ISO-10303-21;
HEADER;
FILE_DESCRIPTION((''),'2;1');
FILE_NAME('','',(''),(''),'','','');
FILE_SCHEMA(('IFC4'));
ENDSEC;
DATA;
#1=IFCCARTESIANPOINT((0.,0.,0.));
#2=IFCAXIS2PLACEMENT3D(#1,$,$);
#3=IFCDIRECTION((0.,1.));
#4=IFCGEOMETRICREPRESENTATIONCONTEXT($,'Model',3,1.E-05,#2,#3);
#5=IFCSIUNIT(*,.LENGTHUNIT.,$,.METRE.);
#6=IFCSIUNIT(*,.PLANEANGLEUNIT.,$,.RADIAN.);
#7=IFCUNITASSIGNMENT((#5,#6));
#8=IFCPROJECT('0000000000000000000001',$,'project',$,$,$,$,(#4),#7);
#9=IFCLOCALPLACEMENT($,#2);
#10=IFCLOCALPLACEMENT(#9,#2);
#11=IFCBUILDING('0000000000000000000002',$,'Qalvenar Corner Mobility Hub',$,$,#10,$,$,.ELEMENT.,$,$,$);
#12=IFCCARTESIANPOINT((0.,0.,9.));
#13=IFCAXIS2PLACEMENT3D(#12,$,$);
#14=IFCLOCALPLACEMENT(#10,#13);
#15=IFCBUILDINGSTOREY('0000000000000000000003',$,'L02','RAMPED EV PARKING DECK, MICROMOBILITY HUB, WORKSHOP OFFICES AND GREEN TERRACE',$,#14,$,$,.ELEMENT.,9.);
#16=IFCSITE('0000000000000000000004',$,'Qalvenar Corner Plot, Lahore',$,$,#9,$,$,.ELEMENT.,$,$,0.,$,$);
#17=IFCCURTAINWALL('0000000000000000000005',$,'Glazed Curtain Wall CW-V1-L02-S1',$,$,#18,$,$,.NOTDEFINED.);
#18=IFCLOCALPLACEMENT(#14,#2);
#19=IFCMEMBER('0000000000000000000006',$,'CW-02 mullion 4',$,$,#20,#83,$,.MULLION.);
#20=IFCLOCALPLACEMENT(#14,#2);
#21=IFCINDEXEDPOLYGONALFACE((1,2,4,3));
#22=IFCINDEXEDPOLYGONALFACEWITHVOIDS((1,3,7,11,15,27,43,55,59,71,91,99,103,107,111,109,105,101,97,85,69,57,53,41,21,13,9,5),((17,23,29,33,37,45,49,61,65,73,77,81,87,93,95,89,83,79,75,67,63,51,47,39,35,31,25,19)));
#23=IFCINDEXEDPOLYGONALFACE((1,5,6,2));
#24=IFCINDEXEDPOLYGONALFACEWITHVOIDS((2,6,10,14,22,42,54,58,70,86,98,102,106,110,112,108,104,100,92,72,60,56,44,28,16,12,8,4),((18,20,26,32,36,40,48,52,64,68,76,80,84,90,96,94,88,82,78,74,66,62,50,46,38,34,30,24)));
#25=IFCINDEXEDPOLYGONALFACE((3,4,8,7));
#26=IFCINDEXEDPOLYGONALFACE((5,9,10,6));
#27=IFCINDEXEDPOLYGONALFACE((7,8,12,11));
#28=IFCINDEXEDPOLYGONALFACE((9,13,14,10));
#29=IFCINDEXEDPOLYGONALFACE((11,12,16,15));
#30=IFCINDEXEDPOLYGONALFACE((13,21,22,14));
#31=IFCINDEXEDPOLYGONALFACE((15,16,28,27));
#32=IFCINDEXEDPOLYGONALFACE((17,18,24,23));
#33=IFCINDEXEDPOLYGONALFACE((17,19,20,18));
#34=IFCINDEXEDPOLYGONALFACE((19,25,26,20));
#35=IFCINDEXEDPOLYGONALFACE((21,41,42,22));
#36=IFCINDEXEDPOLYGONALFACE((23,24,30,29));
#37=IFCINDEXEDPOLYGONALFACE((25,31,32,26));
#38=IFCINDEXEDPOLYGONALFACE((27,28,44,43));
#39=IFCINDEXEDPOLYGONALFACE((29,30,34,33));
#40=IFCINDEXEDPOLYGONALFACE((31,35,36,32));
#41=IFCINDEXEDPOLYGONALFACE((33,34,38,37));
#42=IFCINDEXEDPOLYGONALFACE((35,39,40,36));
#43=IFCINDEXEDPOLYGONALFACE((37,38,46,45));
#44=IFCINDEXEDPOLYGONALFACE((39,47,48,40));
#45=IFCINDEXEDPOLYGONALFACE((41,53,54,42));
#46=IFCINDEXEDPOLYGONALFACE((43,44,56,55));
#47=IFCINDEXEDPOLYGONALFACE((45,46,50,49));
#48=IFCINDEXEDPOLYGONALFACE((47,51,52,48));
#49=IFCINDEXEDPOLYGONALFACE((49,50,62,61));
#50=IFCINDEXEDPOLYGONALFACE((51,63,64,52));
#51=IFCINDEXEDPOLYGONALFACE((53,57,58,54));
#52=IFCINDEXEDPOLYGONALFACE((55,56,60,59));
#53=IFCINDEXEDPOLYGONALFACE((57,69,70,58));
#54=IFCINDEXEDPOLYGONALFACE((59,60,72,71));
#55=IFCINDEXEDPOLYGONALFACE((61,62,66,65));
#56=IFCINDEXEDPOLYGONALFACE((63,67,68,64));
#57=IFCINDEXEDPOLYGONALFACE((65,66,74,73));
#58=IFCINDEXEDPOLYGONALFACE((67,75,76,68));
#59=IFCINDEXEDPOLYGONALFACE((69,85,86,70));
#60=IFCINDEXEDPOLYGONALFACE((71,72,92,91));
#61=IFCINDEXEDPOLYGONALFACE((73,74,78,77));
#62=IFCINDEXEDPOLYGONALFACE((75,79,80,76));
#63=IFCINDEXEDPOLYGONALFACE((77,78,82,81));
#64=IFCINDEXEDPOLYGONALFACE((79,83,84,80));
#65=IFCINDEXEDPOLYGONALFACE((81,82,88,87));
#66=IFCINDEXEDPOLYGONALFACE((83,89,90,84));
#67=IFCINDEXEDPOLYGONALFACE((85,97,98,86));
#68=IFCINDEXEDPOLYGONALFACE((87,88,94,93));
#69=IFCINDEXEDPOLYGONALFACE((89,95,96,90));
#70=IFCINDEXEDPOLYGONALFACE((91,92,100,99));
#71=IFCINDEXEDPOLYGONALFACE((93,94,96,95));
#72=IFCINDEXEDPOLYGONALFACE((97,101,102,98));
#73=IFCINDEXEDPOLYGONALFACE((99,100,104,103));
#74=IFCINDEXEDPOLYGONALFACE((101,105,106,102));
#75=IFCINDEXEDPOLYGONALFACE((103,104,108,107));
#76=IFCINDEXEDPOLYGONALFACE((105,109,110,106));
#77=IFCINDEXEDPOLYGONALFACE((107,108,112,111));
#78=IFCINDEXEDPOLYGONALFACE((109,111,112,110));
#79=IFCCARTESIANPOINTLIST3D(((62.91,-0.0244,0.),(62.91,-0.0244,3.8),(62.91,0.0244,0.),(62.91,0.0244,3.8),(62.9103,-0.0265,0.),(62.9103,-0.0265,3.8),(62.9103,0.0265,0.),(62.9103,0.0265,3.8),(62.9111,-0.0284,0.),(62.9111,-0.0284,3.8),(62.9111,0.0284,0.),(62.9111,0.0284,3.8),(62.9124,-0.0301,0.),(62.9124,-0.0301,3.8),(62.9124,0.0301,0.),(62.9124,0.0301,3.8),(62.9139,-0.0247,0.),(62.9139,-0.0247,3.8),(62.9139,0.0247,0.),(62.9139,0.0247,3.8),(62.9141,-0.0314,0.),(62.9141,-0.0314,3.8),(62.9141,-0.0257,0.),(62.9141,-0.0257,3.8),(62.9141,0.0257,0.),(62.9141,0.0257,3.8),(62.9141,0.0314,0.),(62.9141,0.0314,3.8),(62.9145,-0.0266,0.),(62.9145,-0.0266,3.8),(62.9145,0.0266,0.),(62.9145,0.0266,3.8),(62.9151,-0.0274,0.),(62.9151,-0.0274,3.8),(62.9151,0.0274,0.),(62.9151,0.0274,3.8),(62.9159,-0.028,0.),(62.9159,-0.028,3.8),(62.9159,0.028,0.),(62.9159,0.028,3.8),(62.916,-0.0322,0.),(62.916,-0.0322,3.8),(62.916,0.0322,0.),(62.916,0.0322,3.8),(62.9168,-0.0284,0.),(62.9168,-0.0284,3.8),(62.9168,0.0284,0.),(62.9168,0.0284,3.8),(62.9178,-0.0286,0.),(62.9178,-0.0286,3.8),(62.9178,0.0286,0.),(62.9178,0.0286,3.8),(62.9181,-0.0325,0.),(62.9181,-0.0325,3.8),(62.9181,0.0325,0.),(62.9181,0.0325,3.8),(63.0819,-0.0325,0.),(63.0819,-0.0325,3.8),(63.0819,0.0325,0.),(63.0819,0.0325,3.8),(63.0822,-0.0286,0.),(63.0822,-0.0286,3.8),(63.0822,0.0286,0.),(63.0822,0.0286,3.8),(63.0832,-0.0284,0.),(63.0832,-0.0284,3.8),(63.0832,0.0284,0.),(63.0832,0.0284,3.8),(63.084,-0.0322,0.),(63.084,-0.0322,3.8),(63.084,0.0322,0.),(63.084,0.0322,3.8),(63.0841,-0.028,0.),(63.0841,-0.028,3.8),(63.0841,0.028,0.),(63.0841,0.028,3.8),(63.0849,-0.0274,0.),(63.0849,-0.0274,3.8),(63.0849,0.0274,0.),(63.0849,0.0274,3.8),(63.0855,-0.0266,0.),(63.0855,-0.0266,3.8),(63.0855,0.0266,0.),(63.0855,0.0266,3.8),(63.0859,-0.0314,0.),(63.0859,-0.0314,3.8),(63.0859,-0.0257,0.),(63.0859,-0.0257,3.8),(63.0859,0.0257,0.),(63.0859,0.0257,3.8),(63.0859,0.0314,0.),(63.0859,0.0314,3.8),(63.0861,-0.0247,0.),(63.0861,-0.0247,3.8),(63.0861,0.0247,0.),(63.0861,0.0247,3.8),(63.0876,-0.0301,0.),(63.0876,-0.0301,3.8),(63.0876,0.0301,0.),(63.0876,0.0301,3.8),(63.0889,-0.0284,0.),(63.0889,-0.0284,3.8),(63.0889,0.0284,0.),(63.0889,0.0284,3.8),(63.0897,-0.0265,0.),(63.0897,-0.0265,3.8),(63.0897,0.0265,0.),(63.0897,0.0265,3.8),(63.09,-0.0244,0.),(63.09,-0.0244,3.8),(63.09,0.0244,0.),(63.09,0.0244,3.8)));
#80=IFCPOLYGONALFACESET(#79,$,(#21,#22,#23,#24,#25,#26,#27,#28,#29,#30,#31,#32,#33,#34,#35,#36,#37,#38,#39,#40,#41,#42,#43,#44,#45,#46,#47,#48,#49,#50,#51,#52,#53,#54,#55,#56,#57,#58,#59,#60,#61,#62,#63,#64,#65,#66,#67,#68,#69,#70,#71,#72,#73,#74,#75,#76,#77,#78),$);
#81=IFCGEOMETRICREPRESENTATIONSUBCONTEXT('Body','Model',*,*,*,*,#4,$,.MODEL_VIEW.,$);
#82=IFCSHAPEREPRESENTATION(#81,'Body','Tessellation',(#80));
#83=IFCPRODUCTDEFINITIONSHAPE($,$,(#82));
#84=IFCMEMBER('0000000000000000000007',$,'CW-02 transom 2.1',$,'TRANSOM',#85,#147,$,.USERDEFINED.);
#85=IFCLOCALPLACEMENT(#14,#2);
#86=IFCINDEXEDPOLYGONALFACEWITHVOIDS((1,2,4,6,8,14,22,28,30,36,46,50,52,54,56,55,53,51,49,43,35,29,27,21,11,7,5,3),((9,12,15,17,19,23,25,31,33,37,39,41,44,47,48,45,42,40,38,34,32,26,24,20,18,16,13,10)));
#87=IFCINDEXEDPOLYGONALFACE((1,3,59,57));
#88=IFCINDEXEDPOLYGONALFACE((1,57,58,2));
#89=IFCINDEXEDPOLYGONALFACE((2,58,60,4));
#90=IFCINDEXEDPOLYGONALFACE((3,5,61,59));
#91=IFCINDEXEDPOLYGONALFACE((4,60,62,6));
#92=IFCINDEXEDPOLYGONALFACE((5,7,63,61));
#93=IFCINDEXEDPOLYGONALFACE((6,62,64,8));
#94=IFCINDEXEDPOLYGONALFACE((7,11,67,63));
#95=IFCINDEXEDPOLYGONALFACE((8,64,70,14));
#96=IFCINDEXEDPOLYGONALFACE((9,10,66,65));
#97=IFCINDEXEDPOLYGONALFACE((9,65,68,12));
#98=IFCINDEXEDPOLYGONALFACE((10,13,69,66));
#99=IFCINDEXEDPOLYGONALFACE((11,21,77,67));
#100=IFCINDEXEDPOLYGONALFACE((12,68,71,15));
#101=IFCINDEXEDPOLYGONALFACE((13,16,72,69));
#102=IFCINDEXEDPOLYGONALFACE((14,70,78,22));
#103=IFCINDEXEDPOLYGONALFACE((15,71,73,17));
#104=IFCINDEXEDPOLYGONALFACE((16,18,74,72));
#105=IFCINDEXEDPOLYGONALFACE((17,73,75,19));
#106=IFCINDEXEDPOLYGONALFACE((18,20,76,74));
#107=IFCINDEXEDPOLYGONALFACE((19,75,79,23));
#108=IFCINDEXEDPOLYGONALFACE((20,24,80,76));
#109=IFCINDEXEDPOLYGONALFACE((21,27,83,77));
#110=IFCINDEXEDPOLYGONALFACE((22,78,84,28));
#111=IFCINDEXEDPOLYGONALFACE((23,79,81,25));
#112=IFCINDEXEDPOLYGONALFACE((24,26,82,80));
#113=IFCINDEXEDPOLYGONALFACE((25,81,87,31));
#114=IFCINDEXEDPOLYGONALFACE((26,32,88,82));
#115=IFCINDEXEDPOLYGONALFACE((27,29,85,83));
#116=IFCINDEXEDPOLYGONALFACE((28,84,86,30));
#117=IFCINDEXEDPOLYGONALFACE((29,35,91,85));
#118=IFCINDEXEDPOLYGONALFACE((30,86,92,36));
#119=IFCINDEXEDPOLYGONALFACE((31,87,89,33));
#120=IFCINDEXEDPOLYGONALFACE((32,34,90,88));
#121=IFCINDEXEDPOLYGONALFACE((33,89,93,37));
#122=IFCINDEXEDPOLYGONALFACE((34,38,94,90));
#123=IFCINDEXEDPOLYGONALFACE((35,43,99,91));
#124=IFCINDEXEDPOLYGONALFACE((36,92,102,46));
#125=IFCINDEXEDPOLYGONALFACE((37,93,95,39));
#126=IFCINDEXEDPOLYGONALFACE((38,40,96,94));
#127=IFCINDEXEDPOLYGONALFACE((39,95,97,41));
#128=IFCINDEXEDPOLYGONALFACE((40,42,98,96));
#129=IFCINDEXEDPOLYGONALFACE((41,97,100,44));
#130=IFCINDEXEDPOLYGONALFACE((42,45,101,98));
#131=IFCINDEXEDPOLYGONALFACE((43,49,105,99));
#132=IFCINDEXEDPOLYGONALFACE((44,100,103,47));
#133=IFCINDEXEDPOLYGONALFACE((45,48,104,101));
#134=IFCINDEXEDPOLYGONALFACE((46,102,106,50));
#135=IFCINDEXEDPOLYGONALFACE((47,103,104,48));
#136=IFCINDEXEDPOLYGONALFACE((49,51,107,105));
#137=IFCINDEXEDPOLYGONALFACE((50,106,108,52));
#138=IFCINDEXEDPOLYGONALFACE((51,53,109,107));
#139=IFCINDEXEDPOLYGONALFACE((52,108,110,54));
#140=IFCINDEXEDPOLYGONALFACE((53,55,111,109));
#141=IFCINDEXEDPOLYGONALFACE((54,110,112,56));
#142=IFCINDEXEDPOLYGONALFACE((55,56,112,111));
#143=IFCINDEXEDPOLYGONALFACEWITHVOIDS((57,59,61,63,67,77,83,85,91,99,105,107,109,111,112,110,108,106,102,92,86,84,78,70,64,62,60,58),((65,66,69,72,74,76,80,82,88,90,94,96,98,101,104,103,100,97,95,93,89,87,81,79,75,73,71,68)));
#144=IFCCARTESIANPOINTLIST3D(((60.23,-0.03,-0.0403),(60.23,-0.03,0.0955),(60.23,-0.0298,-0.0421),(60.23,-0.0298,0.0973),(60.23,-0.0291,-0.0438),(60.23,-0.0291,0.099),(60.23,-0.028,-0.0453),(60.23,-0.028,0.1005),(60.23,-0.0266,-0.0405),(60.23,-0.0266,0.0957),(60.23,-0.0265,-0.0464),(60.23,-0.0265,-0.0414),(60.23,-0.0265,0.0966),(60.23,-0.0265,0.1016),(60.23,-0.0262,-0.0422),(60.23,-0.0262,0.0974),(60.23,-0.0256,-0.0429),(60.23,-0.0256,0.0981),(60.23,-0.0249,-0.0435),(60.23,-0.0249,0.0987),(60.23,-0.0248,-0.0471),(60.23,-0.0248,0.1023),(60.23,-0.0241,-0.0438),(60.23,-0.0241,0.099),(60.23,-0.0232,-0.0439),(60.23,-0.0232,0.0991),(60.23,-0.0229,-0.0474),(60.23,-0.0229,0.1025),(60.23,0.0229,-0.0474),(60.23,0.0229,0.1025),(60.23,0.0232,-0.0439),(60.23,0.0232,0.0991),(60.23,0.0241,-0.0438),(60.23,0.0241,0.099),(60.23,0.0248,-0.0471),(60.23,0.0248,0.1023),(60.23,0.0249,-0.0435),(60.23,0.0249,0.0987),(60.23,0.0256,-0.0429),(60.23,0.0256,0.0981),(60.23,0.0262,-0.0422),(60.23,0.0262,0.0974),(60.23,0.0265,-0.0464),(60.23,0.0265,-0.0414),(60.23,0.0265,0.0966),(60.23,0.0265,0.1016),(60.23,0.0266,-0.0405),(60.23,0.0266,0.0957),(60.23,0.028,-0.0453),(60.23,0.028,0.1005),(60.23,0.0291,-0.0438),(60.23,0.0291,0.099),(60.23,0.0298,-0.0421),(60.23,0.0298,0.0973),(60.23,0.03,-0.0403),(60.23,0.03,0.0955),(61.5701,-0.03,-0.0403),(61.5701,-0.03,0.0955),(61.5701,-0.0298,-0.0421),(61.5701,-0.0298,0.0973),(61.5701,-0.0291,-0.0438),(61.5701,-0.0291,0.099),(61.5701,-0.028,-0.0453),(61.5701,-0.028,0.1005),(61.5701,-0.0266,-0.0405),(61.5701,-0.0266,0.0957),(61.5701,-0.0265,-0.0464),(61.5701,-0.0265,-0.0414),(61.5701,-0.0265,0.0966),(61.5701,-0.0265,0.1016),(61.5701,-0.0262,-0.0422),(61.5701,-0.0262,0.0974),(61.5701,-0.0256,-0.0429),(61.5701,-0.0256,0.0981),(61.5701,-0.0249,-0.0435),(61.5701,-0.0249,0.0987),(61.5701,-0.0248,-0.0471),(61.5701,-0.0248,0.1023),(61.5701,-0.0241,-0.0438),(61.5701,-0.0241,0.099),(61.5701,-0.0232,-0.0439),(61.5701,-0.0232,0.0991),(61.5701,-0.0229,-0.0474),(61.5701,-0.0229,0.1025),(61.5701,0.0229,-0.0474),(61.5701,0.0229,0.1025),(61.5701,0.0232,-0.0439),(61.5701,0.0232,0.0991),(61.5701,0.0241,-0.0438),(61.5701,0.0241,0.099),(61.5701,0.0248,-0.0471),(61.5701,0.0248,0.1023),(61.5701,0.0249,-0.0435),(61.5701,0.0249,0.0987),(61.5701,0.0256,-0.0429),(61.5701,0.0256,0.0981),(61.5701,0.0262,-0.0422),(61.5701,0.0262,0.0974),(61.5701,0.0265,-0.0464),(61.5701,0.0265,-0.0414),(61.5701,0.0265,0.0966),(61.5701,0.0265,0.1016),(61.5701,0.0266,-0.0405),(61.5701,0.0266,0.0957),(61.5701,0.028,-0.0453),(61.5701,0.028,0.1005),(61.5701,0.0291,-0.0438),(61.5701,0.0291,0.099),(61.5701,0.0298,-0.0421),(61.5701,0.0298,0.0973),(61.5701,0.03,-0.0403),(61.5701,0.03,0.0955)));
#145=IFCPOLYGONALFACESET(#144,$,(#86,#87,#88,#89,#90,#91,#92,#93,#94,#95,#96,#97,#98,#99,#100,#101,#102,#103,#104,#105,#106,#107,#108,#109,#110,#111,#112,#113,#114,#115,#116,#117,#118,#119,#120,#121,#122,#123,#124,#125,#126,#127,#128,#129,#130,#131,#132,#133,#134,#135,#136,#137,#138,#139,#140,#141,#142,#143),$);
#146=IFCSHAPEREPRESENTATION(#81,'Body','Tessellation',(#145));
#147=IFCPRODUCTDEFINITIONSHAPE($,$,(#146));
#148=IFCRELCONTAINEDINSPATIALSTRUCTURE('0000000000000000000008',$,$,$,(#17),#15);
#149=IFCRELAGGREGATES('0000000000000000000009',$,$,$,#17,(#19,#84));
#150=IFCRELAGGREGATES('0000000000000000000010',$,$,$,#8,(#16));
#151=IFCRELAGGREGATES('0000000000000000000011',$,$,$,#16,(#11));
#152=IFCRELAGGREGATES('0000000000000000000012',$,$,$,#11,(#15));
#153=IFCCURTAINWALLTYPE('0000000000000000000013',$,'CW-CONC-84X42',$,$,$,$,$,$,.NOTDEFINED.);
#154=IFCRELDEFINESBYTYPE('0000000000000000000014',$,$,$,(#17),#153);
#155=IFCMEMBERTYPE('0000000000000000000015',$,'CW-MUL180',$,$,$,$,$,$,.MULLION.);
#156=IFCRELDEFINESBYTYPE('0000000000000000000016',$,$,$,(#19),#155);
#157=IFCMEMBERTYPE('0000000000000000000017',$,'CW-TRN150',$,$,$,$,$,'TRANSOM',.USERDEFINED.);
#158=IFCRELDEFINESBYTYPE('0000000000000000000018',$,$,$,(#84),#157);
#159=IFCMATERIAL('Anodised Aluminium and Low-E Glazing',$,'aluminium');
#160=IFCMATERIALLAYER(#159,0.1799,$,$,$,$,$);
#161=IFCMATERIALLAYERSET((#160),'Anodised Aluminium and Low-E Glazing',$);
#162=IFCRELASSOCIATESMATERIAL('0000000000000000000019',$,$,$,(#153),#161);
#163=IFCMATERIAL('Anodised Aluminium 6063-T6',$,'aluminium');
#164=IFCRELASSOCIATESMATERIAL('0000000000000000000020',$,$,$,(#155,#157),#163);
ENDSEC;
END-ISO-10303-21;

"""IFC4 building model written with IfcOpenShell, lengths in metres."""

from ifc_helpers import new_model, si_unit, direction, frame, origin, origin_2d, place, context, subcontext, project, spatial, hollow_rectangle, extrude, material, layer, layer_set, material_profile, profile_set, type_object, element, aggregate, save


model = new_model("IFC4")

# Units and contexts
model_context = context("Model", 3, precision=1e-05, world=origin(), true_north=direction((0.0, 1.0)))
body_context = subcontext(model_context, "Body", "Model", "MODEL_VIEW")
ifc_project = project(units=[si_unit("LENGTHUNIT", "METRE"), si_unit("PLANEANGLEUNIT", "RADIAN")], contexts=[model_context])

# Site, building, storey
site_placement = place(None, origin())
site = spatial("IfcSite", under=ifc_project, at=site_placement, Name="Qalvenar Corner Plot, Lahore", CompositionType="ELEMENT", RefElevation=0.0)
building_placement = place(site_placement, origin())
building = spatial("IfcBuilding", under=site, at=building_placement, Name="Qalvenar Corner Mobility Hub", CompositionType="ELEMENT")
storey_placement = place(building_placement, frame((0.0, 0.0, 9.0)))
storey = spatial("IfcBuildingStorey", under=building, at=storey_placement, Name="L02", Description="RAMPED EV PARKING DECK, MICROMOBILITY HUB, WORKSHOP OFFICES AND GREEN TERRACE", CompositionType="ELEMENT", Elevation=9.0)

# Curtain wall, members
ifc_material_1 = material(Name="Anodised Aluminium and Low-E Glazing", Category="aluminium")
ifc_layer_1 = layer(ifc_material_1, 0.1799)
ifc_layer_set_1 = layer_set([ifc_layer_1], Name="Anodised Aluminium and Low-E Glazing")
curtain_wall_type = type_object("IfcCurtainWallType", Name="CW-CONC-84X42", PredefinedType="NOTDEFINED", material=ifc_layer_set_1)
curtain_wall_placement = place(storey_placement, origin())
curtain_wall = element("IfcCurtainWall", 1, at=curtain_wall_placement, inside=storey, type_object=curtain_wall_type, Name="Glazed Curtain Wall CW-V1-L02-S1", PredefinedType="NOTDEFINED")
ifc_material_2 = material(Name="Anodised Aluminium 6063-T6", Category="aluminium")
ifc_material_profile_1 = material_profile(ifc_material_2, hollow_rectangle(XDim=0.0649, YDim=0.1799, WallThickness=0.0039, InnerFilletRadius=0.0039, OuterFilletRadius=0.0081, at=origin_2d()), Name="RHS180x65x4")
ifc_profile_set_1 = profile_set([ifc_material_profile_1], Name="Anodised Aluminium 6063-T6")
member_type_1 = type_object("IfcMemberType", Name="CW-MUL180", PredefinedType="MULLION", material=ifc_profile_set_1)
member_1_placement = place(storey_placement, frame((63.0, 0.0, 0.0), z_axis=(0.0, 0.0, 1.0), x_axis=(0.0, 1.0, 0.0)))
member_1 = element("IfcMember", 2, at=member_1_placement, type_object=member_type_1, Name="CW-02 mullion 4", PredefinedType="MULLION", context=body_context, shape_type="SweptSolid", body=[
    extrude(hollow_rectangle(XDim=0.0649, YDim=0.1799, WallThickness=0.0039, InnerFilletRadius=0.0039, OuterFilletRadius=0.0081, at=origin_2d()), origin(), (0.0, 0.0, 1.0), 3.8),
])
ifc_material_profile_2 = material_profile(ifc_material_2, hollow_rectangle(XDim=0.0601, YDim=0.1499, WallThickness=0.0034, InnerFilletRadius=0.0034, OuterFilletRadius=0.0071, at=origin_2d()), Name="RHS150x60x3.5")
ifc_profile_set_2 = profile_set([ifc_material_profile_2], Name="Anodised Aluminium 6063-T6")
member_type_2 = type_object("IfcMemberType", Name="CW-TRN150", ElementType="TRANSOM", PredefinedType="USERDEFINED", material=ifc_profile_set_2)
member_2_placement = place(storey_placement, frame((60.23, 0.0, 0.0276), z_axis=(1.0, 0.0, 0.0), x_axis=(0.0, 1.0, 0.0)))
member_2 = element("IfcMember", 3, at=member_2_placement, type_object=member_type_2, Name="CW-02 transom 2.1", ObjectType="TRANSOM", PredefinedType="USERDEFINED", context=body_context, shape_type="SweptSolid", body=[
    extrude(hollow_rectangle(XDim=0.0601, YDim=0.1499, WallThickness=0.0034, InnerFilletRadius=0.0034, OuterFilletRadius=0.0071, at=origin_2d()), origin(), (0.0, 0.0, 1.0), 1.3401),
])

aggregate(curtain_wall, [member_1, member_2])

save(model, "model.ifc")
